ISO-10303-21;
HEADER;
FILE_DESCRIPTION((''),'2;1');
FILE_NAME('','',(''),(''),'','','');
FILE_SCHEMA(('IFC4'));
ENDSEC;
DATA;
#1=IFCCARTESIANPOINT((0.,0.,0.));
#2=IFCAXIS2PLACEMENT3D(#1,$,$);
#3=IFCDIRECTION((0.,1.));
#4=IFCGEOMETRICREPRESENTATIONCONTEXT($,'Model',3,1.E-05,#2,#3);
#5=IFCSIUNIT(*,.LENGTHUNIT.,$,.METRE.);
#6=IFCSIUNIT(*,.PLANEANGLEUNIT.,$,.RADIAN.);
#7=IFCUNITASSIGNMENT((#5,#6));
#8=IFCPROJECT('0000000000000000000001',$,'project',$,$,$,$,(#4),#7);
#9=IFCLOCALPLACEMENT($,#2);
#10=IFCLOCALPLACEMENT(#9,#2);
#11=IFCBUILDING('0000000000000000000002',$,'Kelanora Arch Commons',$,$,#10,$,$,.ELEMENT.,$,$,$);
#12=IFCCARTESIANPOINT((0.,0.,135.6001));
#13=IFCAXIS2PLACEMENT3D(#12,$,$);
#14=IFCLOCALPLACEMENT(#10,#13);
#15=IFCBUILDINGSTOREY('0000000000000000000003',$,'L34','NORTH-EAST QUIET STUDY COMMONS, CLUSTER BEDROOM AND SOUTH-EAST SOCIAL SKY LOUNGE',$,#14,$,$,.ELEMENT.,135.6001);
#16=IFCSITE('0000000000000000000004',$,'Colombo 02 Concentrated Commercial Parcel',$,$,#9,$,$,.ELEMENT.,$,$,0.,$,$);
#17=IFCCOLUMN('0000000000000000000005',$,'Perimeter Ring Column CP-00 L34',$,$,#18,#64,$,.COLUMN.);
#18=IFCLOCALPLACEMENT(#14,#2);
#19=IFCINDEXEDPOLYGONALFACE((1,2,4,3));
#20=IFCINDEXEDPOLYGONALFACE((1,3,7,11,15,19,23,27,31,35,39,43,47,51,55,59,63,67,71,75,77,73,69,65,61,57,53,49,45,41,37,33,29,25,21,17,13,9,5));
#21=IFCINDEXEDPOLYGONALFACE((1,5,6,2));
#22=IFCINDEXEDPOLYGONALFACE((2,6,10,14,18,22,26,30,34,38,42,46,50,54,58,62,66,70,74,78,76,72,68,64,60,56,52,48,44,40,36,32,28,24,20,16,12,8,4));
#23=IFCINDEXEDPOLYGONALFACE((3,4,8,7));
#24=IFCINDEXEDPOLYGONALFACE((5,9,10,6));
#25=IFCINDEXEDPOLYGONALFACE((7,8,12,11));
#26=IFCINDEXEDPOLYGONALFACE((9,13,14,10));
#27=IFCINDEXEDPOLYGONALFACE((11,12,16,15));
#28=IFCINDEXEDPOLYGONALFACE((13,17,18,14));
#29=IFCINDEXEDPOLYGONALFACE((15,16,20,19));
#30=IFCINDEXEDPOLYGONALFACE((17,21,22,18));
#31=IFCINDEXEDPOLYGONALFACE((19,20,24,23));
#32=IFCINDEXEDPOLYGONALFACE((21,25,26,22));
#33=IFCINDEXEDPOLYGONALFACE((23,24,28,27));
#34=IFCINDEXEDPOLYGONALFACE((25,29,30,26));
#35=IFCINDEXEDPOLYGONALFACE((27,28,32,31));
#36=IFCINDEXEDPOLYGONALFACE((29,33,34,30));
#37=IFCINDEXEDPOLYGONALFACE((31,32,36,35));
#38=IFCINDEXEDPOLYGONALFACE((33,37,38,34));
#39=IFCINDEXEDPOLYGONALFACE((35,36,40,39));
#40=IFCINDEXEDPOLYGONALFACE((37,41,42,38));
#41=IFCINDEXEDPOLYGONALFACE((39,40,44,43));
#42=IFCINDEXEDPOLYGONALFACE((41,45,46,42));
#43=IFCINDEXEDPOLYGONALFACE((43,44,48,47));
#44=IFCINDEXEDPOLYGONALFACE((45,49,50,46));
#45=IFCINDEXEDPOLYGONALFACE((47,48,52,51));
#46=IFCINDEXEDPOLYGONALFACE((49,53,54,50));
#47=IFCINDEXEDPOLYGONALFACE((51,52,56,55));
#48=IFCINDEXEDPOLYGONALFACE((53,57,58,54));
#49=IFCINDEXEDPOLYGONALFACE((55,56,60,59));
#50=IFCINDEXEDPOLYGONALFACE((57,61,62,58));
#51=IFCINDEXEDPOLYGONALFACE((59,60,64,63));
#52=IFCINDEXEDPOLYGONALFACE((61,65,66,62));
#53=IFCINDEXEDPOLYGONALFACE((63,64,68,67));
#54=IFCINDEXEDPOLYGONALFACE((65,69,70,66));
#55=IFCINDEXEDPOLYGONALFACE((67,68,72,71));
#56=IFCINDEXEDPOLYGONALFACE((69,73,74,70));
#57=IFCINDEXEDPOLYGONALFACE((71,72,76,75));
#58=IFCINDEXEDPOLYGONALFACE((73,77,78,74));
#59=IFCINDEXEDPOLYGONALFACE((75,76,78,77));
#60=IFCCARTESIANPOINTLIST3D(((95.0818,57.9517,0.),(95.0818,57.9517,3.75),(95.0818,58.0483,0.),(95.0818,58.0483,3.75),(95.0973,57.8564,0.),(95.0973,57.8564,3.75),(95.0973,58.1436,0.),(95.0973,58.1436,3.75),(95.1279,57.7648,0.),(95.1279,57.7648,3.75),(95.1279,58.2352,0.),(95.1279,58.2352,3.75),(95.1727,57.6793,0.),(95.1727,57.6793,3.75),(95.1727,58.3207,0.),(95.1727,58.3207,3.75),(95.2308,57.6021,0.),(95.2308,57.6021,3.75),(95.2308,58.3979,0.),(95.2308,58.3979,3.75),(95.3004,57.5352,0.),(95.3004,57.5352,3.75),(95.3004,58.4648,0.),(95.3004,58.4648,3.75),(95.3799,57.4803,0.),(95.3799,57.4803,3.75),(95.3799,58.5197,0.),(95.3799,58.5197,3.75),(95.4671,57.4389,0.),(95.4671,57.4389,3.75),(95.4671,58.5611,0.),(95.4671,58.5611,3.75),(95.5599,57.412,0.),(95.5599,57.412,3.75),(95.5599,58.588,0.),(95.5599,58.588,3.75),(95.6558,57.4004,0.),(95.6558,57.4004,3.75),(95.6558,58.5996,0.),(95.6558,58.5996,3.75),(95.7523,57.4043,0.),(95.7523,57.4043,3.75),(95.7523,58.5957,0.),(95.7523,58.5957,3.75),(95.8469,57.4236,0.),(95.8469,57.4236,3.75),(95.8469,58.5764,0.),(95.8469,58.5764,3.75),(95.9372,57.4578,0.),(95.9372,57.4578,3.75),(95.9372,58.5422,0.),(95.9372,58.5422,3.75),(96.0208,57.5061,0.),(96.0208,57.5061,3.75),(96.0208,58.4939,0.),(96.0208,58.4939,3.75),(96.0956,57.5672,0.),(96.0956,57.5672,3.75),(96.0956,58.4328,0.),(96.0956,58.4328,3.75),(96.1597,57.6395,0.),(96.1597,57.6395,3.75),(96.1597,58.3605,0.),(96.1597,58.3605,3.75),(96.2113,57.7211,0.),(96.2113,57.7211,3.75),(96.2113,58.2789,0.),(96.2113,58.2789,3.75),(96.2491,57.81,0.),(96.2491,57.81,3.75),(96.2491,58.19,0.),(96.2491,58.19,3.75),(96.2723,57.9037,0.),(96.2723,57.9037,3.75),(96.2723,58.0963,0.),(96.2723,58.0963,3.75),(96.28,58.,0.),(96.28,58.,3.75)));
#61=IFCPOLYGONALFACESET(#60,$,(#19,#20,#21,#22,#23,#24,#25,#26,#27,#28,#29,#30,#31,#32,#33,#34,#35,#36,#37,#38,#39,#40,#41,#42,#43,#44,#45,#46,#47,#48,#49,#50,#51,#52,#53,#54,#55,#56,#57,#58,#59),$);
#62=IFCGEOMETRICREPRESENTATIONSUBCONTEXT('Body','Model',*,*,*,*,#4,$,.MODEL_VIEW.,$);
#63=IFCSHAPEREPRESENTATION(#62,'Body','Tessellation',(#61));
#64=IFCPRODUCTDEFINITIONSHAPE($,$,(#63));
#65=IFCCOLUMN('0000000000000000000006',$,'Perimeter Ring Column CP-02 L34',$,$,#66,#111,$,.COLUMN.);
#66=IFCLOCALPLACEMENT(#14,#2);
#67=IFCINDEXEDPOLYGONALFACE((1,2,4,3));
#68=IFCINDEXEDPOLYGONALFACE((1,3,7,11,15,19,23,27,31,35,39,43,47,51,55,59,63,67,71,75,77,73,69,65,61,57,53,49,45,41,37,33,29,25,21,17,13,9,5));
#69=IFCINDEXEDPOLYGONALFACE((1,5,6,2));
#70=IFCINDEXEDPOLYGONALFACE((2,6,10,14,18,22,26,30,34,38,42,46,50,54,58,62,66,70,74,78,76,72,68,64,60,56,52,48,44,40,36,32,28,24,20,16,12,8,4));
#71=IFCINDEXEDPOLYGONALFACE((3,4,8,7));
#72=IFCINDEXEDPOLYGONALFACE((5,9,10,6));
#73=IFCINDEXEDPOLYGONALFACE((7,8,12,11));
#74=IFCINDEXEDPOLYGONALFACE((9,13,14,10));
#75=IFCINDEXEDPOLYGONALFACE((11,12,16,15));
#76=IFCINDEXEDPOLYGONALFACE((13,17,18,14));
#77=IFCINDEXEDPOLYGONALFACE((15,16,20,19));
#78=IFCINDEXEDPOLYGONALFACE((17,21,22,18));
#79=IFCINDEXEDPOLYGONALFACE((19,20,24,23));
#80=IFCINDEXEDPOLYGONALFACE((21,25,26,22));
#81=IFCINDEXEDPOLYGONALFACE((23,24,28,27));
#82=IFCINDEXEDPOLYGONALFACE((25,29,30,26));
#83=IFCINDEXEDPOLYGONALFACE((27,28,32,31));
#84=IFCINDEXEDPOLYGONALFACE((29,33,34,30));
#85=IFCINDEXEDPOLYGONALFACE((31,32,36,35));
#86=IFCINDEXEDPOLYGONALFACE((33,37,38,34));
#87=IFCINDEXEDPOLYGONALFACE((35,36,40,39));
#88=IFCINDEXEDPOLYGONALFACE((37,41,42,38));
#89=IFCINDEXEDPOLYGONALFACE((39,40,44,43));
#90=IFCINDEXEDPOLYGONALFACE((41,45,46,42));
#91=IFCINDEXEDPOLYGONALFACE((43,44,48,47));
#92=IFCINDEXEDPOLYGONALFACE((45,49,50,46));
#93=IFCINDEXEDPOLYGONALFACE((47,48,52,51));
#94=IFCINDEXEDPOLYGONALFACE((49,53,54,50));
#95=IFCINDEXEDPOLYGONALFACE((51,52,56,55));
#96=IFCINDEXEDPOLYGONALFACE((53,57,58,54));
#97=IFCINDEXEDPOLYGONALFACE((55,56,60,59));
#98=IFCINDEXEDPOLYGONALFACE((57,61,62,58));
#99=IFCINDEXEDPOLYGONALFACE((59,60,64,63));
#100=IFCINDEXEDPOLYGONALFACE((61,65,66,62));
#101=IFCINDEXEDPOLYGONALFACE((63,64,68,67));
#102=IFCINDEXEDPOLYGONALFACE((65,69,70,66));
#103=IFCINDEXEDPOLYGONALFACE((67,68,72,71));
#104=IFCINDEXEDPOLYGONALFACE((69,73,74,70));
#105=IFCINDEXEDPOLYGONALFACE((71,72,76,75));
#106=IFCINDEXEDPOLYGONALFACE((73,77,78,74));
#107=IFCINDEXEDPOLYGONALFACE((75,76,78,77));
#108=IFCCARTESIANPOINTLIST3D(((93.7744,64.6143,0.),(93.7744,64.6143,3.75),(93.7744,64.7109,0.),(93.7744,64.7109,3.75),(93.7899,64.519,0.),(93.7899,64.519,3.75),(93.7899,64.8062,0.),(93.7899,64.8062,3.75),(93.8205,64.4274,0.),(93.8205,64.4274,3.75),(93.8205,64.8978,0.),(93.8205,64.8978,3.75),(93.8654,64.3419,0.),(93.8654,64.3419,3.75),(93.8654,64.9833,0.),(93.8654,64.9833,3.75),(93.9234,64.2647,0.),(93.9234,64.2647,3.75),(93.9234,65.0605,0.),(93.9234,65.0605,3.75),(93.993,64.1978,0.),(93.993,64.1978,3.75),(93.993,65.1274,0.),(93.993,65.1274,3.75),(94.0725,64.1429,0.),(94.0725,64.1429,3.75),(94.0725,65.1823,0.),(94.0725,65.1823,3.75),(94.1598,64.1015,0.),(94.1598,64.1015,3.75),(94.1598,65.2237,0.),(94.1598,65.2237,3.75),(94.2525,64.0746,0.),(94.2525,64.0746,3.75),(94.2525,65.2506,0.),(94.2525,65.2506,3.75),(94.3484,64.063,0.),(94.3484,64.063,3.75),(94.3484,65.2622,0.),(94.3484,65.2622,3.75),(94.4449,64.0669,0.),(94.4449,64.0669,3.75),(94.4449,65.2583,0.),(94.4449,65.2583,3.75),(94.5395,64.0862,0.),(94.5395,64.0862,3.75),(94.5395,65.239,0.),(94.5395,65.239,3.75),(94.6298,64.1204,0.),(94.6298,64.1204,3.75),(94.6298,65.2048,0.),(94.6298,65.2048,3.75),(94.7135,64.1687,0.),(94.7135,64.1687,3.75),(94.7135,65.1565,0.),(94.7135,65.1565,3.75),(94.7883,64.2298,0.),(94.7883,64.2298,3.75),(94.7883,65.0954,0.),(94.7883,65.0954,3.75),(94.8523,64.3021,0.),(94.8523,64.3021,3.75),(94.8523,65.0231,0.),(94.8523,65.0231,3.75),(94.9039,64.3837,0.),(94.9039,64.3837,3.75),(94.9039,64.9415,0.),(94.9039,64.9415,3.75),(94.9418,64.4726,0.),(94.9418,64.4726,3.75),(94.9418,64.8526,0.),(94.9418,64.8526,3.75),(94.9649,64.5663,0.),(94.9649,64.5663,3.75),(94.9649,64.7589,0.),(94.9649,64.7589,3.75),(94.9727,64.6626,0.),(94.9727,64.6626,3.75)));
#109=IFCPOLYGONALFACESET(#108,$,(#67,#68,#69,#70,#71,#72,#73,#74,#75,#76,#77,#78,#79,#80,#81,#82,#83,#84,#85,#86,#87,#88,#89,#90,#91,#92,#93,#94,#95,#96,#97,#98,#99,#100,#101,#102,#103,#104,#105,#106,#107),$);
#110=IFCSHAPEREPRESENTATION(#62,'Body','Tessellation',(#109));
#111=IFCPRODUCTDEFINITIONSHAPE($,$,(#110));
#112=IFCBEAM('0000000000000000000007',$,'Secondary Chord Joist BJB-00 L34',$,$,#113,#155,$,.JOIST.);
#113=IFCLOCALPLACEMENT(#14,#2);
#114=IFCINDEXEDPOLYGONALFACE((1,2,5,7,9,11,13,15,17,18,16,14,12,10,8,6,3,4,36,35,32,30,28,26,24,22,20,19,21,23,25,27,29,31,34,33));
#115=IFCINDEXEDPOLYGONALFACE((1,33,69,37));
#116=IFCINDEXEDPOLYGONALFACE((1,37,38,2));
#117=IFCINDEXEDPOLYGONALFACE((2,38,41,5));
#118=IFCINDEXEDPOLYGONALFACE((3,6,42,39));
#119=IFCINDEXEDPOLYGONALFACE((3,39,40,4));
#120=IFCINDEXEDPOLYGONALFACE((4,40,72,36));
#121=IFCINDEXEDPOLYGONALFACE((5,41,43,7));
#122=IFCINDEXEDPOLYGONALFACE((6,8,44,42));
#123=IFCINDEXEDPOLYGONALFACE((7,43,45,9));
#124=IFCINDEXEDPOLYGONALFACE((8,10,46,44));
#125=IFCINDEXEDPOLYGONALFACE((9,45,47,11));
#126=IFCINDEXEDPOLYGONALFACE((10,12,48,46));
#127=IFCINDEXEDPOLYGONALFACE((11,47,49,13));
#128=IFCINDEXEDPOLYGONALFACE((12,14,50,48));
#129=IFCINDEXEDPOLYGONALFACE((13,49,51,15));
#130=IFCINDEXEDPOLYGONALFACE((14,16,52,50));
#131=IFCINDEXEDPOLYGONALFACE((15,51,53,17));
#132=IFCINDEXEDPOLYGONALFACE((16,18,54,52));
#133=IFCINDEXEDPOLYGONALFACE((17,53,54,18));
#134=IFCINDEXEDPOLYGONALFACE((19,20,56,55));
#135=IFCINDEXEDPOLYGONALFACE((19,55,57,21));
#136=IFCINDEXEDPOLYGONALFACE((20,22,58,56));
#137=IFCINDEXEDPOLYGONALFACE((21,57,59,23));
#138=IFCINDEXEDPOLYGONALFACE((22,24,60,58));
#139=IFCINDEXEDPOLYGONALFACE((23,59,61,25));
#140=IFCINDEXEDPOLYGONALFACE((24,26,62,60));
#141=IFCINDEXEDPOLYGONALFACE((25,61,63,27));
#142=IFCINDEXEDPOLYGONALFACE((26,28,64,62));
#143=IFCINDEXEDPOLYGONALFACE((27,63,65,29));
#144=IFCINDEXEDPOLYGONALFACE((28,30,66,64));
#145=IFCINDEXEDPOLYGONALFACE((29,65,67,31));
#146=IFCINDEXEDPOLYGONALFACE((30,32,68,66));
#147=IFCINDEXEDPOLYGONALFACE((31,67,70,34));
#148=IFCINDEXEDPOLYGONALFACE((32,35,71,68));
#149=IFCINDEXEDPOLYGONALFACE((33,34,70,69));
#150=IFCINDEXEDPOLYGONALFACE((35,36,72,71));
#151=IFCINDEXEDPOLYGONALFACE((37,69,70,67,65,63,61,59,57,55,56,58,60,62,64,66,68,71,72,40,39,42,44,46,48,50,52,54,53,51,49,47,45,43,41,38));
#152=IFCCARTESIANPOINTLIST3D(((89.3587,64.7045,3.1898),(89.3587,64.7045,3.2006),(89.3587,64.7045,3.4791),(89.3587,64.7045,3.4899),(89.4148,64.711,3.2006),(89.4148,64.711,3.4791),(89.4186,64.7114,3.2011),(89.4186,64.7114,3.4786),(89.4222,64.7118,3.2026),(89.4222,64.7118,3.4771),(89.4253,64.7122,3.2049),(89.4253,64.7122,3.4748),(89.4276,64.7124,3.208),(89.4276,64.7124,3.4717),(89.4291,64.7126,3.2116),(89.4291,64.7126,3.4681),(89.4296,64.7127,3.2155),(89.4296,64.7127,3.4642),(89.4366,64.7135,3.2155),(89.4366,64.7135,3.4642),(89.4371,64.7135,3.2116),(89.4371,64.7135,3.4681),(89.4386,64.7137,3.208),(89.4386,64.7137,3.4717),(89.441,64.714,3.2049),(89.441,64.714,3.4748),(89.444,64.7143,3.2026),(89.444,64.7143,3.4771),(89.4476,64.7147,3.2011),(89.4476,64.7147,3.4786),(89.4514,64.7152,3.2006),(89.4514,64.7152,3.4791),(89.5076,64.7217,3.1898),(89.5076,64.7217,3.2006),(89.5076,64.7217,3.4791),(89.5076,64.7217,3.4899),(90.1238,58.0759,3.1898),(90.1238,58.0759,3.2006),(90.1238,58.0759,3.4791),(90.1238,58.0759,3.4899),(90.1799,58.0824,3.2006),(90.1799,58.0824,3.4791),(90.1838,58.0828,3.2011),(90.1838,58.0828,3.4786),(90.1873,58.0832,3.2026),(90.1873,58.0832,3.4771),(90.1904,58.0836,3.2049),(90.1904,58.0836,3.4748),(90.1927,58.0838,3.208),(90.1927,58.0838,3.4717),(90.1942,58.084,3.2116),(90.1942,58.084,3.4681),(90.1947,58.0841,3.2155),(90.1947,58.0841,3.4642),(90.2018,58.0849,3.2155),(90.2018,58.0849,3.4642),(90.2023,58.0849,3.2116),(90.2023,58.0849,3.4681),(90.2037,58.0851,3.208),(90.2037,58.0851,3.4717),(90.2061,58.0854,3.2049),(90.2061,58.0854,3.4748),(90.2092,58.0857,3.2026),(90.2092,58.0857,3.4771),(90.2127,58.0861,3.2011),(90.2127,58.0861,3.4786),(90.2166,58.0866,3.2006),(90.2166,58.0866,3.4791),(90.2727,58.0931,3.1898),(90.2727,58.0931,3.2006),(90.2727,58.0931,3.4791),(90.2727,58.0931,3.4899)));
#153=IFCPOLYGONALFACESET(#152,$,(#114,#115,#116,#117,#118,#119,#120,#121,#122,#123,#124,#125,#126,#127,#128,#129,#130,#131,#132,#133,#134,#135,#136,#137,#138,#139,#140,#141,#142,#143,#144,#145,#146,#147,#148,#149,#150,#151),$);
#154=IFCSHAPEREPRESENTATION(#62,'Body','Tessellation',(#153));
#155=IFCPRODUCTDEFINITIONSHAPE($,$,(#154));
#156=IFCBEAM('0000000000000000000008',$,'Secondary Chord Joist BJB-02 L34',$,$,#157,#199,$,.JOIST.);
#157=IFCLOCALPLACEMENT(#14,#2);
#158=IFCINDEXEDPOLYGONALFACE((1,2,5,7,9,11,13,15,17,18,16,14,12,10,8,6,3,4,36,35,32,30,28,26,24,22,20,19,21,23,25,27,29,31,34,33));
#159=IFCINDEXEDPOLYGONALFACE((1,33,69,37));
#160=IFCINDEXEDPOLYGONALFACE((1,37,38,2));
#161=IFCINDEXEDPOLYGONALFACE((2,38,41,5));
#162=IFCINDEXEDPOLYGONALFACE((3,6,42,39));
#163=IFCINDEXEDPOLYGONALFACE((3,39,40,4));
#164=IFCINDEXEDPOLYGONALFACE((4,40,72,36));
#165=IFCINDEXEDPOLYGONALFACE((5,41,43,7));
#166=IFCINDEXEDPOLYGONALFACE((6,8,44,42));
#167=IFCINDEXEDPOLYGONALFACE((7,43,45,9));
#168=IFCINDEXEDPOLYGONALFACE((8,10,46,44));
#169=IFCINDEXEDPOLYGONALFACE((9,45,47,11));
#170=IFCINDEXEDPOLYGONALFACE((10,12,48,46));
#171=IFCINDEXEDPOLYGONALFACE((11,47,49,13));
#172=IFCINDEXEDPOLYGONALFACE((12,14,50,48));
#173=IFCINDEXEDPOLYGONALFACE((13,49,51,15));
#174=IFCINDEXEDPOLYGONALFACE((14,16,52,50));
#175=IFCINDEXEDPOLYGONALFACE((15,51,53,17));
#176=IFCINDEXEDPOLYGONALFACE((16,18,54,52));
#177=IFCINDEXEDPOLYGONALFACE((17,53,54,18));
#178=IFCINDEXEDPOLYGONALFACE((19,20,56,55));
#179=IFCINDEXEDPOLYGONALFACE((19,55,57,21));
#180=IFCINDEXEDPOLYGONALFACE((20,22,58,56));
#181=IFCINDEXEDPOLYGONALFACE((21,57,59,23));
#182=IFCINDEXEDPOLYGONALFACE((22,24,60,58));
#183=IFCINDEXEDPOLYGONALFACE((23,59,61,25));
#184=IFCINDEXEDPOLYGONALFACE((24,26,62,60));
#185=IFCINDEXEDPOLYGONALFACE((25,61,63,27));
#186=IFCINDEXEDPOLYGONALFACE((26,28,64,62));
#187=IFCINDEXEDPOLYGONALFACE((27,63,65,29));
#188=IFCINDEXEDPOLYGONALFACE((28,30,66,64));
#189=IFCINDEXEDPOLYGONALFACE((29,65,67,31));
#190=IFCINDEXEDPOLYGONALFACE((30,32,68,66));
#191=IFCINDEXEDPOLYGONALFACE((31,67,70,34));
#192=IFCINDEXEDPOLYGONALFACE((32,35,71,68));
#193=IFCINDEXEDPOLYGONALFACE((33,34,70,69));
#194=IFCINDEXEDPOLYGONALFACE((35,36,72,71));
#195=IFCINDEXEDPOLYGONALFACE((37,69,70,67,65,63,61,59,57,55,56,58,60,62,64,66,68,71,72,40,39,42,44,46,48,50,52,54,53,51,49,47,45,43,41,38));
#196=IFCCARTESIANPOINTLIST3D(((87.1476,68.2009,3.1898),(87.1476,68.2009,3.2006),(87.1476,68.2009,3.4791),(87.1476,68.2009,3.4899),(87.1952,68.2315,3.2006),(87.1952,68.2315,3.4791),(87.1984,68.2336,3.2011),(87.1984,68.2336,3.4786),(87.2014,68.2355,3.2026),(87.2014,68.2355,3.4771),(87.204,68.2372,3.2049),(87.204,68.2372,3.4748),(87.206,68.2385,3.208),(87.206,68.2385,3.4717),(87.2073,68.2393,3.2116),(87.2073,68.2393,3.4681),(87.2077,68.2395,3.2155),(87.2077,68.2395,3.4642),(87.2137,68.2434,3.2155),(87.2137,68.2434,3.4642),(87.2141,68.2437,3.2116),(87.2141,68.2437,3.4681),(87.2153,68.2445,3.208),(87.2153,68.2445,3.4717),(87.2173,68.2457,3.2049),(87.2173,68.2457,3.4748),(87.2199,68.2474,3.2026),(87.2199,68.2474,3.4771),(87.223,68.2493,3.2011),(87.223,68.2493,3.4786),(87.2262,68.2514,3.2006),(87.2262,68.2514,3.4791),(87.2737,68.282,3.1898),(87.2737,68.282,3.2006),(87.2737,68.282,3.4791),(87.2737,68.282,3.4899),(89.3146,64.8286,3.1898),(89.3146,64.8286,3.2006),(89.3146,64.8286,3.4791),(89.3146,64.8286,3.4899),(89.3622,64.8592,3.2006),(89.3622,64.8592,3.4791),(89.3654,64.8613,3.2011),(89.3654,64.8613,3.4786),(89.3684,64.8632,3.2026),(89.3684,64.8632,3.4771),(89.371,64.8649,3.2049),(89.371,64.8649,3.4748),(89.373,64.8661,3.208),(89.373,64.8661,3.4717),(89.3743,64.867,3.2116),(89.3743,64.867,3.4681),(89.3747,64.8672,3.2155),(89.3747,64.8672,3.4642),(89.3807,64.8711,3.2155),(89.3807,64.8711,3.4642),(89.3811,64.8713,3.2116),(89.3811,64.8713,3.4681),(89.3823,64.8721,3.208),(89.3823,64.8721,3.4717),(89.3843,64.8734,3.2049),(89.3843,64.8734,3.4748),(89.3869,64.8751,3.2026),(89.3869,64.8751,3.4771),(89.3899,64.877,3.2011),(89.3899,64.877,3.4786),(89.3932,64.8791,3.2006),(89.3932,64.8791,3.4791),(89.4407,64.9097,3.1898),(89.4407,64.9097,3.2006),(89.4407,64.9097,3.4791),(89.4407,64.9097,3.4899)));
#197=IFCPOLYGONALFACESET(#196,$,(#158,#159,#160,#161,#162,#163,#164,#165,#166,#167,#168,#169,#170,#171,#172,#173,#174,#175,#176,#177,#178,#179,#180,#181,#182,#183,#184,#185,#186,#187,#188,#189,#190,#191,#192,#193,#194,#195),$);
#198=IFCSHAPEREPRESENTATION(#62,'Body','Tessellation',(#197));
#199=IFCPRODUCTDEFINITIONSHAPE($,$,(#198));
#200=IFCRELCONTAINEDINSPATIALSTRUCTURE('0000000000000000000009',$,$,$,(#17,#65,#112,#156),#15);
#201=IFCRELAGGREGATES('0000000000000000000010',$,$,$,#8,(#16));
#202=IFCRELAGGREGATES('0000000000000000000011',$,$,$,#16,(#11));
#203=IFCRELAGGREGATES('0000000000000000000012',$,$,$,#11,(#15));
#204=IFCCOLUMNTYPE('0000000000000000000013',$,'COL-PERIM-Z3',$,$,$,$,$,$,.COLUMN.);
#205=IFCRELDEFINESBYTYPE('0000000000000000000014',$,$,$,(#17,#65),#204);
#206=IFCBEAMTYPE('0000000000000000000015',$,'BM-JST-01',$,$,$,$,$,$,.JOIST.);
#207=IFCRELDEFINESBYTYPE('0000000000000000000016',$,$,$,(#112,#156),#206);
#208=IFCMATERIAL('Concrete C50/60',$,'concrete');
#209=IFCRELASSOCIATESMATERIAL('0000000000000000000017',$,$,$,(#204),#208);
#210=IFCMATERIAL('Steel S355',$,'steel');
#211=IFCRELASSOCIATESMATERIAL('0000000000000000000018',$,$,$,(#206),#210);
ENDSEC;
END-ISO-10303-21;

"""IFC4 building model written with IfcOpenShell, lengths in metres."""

from ifc_helpers import new_model, si_unit, direction, frame, origin, origin_2d, place, context, subcontext, project, spatial, circle, i_section, extrude, material, material_profile, profile_set, type_object, element, save


model = new_model("IFC4")

# Units and contexts
model_context = context("Model", 3, precision=1e-05, world=origin(), true_north=direction((0.0, 1.0)))
body_context = subcontext(model_context, "Body", "Model", "MODEL_VIEW")
ifc_project = project(units=[si_unit("LENGTHUNIT", "METRE"), si_unit("PLANEANGLEUNIT", "RADIAN")], contexts=[model_context])

# Site, building, storey
site_placement = place(None, origin())
site = spatial("IfcSite", under=ifc_project, at=site_placement, Name="Colombo 02 Concentrated Commercial Parcel", CompositionType="ELEMENT", RefElevation=0.0)
building_placement = place(site_placement, origin())
building = spatial("IfcBuilding", under=site, at=building_placement, Name="Kelanora Arch Commons", CompositionType="ELEMENT")
storey_placement = place(building_placement, frame((0.0, 0.0, 135.6001)))
storey = spatial("IfcBuildingStorey", under=building, at=storey_placement, Name="L34", Description="NORTH-EAST QUIET STUDY COMMONS, CLUSTER BEDROOM AND SOUTH-EAST SOCIAL SKY LOUNGE", CompositionType="ELEMENT", Elevation=135.6001)

# Columns
ifc_material_1 = material(Name="Concrete C50/60", Category="concrete")
ifc_material_profile_1 = material_profile(ifc_material_1, circle(Radius=0.6001, at=origin_2d()), Name="RCC1200")
ifc_profile_set_1 = profile_set([ifc_material_profile_1], Name="Concrete C50/60")
column_type = type_object("IfcColumnType", Name="COL-PERIM-Z3", PredefinedType="COLUMN", material=ifc_profile_set_1)
for number, where, z_axis, x_axis, name in (
    (1, (95.6799, 58.0, 0.0), (0.0, 0.0, 1.0), (1.0, 0.0, 0.0), "Perimeter Ring Column CP-00 L34"),
    (2, (94.3726, 64.6626, 0.0), (0.0, 0.0, 1.0), (1.0, 0.0, 0.0), "Perimeter Ring Column CP-02 L34"),
):
    element("IfcColumn", number, at=place(storey_placement, frame(where, z_axis=z_axis, x_axis=x_axis)), inside=storey, type_object=column_type, Name=name, PredefinedType="COLUMN", context=body_context, shape_type="SweptSolid", body=[
        extrude(circle(Radius=0.6001, at=origin_2d()), origin(), (0.0, 0.0, 1.0), 3.75),
    ])

# Beams
ifc_material_2 = material(Name="Steel S355", Category="steel")
ifc_material_profile_2 = material_profile(ifc_material_2, i_section(OverallWidth=0.1499, OverallDepth=0.3, WebThickness=0.0071, FlangeThickness=0.0107, FilletRadius=0.0149, at=origin_2d()), Name="IPE300")
ifc_profile_set_2 = profile_set([ifc_material_profile_2], Name="Steel S355")
beam_type_1 = type_object("IfcBeamType", Name="BM-JST-01", PredefinedType="JOIST", material=ifc_profile_set_2)
beam_1_placement = place(storey_placement, frame((90.1982, 58.0845, 3.3398), z_axis=(-0.114667, 0.993404, 0.0), x_axis=(-0.993404, -0.114667, 0.0)))
element("IfcBeam", 3, at=beam_1_placement, inside=storey, type_object=beam_type_1, Name="Secondary Chord Joist BJB-00 L34", PredefinedType="JOIST", context=body_context, shape_type="SweptSolid", body=[
    extrude(i_section(OverallWidth=0.1499, OverallDepth=0.3, WebThickness=0.0071, FlangeThickness=0.0107, FilletRadius=0.0149, at=origin_2d()), origin(), (0.0, 0.0, 1.0), 6.6726),
])
beam_2_placement = place(storey_placement, frame((89.3777, 64.8691, 3.3398), z_axis=(-0.540594, 0.841283, 0.0), x_axis=(-0.841283, -0.540594, 0.0)))
element("IfcBeam", 4, at=beam_2_placement, inside=storey, type_object=beam_type_1, Name="Secondary Chord Joist BJB-02 L34", PredefinedType="JOIST", context=body_context, shape_type="SweptSolid", body=[
    extrude(i_section(OverallWidth=0.1499, OverallDepth=0.3, WebThickness=0.0071, FlangeThickness=0.0107, FilletRadius=0.0149, at=origin_2d()), origin(), (0.0, 0.0, 1.0), 4.0085),
])

save(model, "model.ifc")
